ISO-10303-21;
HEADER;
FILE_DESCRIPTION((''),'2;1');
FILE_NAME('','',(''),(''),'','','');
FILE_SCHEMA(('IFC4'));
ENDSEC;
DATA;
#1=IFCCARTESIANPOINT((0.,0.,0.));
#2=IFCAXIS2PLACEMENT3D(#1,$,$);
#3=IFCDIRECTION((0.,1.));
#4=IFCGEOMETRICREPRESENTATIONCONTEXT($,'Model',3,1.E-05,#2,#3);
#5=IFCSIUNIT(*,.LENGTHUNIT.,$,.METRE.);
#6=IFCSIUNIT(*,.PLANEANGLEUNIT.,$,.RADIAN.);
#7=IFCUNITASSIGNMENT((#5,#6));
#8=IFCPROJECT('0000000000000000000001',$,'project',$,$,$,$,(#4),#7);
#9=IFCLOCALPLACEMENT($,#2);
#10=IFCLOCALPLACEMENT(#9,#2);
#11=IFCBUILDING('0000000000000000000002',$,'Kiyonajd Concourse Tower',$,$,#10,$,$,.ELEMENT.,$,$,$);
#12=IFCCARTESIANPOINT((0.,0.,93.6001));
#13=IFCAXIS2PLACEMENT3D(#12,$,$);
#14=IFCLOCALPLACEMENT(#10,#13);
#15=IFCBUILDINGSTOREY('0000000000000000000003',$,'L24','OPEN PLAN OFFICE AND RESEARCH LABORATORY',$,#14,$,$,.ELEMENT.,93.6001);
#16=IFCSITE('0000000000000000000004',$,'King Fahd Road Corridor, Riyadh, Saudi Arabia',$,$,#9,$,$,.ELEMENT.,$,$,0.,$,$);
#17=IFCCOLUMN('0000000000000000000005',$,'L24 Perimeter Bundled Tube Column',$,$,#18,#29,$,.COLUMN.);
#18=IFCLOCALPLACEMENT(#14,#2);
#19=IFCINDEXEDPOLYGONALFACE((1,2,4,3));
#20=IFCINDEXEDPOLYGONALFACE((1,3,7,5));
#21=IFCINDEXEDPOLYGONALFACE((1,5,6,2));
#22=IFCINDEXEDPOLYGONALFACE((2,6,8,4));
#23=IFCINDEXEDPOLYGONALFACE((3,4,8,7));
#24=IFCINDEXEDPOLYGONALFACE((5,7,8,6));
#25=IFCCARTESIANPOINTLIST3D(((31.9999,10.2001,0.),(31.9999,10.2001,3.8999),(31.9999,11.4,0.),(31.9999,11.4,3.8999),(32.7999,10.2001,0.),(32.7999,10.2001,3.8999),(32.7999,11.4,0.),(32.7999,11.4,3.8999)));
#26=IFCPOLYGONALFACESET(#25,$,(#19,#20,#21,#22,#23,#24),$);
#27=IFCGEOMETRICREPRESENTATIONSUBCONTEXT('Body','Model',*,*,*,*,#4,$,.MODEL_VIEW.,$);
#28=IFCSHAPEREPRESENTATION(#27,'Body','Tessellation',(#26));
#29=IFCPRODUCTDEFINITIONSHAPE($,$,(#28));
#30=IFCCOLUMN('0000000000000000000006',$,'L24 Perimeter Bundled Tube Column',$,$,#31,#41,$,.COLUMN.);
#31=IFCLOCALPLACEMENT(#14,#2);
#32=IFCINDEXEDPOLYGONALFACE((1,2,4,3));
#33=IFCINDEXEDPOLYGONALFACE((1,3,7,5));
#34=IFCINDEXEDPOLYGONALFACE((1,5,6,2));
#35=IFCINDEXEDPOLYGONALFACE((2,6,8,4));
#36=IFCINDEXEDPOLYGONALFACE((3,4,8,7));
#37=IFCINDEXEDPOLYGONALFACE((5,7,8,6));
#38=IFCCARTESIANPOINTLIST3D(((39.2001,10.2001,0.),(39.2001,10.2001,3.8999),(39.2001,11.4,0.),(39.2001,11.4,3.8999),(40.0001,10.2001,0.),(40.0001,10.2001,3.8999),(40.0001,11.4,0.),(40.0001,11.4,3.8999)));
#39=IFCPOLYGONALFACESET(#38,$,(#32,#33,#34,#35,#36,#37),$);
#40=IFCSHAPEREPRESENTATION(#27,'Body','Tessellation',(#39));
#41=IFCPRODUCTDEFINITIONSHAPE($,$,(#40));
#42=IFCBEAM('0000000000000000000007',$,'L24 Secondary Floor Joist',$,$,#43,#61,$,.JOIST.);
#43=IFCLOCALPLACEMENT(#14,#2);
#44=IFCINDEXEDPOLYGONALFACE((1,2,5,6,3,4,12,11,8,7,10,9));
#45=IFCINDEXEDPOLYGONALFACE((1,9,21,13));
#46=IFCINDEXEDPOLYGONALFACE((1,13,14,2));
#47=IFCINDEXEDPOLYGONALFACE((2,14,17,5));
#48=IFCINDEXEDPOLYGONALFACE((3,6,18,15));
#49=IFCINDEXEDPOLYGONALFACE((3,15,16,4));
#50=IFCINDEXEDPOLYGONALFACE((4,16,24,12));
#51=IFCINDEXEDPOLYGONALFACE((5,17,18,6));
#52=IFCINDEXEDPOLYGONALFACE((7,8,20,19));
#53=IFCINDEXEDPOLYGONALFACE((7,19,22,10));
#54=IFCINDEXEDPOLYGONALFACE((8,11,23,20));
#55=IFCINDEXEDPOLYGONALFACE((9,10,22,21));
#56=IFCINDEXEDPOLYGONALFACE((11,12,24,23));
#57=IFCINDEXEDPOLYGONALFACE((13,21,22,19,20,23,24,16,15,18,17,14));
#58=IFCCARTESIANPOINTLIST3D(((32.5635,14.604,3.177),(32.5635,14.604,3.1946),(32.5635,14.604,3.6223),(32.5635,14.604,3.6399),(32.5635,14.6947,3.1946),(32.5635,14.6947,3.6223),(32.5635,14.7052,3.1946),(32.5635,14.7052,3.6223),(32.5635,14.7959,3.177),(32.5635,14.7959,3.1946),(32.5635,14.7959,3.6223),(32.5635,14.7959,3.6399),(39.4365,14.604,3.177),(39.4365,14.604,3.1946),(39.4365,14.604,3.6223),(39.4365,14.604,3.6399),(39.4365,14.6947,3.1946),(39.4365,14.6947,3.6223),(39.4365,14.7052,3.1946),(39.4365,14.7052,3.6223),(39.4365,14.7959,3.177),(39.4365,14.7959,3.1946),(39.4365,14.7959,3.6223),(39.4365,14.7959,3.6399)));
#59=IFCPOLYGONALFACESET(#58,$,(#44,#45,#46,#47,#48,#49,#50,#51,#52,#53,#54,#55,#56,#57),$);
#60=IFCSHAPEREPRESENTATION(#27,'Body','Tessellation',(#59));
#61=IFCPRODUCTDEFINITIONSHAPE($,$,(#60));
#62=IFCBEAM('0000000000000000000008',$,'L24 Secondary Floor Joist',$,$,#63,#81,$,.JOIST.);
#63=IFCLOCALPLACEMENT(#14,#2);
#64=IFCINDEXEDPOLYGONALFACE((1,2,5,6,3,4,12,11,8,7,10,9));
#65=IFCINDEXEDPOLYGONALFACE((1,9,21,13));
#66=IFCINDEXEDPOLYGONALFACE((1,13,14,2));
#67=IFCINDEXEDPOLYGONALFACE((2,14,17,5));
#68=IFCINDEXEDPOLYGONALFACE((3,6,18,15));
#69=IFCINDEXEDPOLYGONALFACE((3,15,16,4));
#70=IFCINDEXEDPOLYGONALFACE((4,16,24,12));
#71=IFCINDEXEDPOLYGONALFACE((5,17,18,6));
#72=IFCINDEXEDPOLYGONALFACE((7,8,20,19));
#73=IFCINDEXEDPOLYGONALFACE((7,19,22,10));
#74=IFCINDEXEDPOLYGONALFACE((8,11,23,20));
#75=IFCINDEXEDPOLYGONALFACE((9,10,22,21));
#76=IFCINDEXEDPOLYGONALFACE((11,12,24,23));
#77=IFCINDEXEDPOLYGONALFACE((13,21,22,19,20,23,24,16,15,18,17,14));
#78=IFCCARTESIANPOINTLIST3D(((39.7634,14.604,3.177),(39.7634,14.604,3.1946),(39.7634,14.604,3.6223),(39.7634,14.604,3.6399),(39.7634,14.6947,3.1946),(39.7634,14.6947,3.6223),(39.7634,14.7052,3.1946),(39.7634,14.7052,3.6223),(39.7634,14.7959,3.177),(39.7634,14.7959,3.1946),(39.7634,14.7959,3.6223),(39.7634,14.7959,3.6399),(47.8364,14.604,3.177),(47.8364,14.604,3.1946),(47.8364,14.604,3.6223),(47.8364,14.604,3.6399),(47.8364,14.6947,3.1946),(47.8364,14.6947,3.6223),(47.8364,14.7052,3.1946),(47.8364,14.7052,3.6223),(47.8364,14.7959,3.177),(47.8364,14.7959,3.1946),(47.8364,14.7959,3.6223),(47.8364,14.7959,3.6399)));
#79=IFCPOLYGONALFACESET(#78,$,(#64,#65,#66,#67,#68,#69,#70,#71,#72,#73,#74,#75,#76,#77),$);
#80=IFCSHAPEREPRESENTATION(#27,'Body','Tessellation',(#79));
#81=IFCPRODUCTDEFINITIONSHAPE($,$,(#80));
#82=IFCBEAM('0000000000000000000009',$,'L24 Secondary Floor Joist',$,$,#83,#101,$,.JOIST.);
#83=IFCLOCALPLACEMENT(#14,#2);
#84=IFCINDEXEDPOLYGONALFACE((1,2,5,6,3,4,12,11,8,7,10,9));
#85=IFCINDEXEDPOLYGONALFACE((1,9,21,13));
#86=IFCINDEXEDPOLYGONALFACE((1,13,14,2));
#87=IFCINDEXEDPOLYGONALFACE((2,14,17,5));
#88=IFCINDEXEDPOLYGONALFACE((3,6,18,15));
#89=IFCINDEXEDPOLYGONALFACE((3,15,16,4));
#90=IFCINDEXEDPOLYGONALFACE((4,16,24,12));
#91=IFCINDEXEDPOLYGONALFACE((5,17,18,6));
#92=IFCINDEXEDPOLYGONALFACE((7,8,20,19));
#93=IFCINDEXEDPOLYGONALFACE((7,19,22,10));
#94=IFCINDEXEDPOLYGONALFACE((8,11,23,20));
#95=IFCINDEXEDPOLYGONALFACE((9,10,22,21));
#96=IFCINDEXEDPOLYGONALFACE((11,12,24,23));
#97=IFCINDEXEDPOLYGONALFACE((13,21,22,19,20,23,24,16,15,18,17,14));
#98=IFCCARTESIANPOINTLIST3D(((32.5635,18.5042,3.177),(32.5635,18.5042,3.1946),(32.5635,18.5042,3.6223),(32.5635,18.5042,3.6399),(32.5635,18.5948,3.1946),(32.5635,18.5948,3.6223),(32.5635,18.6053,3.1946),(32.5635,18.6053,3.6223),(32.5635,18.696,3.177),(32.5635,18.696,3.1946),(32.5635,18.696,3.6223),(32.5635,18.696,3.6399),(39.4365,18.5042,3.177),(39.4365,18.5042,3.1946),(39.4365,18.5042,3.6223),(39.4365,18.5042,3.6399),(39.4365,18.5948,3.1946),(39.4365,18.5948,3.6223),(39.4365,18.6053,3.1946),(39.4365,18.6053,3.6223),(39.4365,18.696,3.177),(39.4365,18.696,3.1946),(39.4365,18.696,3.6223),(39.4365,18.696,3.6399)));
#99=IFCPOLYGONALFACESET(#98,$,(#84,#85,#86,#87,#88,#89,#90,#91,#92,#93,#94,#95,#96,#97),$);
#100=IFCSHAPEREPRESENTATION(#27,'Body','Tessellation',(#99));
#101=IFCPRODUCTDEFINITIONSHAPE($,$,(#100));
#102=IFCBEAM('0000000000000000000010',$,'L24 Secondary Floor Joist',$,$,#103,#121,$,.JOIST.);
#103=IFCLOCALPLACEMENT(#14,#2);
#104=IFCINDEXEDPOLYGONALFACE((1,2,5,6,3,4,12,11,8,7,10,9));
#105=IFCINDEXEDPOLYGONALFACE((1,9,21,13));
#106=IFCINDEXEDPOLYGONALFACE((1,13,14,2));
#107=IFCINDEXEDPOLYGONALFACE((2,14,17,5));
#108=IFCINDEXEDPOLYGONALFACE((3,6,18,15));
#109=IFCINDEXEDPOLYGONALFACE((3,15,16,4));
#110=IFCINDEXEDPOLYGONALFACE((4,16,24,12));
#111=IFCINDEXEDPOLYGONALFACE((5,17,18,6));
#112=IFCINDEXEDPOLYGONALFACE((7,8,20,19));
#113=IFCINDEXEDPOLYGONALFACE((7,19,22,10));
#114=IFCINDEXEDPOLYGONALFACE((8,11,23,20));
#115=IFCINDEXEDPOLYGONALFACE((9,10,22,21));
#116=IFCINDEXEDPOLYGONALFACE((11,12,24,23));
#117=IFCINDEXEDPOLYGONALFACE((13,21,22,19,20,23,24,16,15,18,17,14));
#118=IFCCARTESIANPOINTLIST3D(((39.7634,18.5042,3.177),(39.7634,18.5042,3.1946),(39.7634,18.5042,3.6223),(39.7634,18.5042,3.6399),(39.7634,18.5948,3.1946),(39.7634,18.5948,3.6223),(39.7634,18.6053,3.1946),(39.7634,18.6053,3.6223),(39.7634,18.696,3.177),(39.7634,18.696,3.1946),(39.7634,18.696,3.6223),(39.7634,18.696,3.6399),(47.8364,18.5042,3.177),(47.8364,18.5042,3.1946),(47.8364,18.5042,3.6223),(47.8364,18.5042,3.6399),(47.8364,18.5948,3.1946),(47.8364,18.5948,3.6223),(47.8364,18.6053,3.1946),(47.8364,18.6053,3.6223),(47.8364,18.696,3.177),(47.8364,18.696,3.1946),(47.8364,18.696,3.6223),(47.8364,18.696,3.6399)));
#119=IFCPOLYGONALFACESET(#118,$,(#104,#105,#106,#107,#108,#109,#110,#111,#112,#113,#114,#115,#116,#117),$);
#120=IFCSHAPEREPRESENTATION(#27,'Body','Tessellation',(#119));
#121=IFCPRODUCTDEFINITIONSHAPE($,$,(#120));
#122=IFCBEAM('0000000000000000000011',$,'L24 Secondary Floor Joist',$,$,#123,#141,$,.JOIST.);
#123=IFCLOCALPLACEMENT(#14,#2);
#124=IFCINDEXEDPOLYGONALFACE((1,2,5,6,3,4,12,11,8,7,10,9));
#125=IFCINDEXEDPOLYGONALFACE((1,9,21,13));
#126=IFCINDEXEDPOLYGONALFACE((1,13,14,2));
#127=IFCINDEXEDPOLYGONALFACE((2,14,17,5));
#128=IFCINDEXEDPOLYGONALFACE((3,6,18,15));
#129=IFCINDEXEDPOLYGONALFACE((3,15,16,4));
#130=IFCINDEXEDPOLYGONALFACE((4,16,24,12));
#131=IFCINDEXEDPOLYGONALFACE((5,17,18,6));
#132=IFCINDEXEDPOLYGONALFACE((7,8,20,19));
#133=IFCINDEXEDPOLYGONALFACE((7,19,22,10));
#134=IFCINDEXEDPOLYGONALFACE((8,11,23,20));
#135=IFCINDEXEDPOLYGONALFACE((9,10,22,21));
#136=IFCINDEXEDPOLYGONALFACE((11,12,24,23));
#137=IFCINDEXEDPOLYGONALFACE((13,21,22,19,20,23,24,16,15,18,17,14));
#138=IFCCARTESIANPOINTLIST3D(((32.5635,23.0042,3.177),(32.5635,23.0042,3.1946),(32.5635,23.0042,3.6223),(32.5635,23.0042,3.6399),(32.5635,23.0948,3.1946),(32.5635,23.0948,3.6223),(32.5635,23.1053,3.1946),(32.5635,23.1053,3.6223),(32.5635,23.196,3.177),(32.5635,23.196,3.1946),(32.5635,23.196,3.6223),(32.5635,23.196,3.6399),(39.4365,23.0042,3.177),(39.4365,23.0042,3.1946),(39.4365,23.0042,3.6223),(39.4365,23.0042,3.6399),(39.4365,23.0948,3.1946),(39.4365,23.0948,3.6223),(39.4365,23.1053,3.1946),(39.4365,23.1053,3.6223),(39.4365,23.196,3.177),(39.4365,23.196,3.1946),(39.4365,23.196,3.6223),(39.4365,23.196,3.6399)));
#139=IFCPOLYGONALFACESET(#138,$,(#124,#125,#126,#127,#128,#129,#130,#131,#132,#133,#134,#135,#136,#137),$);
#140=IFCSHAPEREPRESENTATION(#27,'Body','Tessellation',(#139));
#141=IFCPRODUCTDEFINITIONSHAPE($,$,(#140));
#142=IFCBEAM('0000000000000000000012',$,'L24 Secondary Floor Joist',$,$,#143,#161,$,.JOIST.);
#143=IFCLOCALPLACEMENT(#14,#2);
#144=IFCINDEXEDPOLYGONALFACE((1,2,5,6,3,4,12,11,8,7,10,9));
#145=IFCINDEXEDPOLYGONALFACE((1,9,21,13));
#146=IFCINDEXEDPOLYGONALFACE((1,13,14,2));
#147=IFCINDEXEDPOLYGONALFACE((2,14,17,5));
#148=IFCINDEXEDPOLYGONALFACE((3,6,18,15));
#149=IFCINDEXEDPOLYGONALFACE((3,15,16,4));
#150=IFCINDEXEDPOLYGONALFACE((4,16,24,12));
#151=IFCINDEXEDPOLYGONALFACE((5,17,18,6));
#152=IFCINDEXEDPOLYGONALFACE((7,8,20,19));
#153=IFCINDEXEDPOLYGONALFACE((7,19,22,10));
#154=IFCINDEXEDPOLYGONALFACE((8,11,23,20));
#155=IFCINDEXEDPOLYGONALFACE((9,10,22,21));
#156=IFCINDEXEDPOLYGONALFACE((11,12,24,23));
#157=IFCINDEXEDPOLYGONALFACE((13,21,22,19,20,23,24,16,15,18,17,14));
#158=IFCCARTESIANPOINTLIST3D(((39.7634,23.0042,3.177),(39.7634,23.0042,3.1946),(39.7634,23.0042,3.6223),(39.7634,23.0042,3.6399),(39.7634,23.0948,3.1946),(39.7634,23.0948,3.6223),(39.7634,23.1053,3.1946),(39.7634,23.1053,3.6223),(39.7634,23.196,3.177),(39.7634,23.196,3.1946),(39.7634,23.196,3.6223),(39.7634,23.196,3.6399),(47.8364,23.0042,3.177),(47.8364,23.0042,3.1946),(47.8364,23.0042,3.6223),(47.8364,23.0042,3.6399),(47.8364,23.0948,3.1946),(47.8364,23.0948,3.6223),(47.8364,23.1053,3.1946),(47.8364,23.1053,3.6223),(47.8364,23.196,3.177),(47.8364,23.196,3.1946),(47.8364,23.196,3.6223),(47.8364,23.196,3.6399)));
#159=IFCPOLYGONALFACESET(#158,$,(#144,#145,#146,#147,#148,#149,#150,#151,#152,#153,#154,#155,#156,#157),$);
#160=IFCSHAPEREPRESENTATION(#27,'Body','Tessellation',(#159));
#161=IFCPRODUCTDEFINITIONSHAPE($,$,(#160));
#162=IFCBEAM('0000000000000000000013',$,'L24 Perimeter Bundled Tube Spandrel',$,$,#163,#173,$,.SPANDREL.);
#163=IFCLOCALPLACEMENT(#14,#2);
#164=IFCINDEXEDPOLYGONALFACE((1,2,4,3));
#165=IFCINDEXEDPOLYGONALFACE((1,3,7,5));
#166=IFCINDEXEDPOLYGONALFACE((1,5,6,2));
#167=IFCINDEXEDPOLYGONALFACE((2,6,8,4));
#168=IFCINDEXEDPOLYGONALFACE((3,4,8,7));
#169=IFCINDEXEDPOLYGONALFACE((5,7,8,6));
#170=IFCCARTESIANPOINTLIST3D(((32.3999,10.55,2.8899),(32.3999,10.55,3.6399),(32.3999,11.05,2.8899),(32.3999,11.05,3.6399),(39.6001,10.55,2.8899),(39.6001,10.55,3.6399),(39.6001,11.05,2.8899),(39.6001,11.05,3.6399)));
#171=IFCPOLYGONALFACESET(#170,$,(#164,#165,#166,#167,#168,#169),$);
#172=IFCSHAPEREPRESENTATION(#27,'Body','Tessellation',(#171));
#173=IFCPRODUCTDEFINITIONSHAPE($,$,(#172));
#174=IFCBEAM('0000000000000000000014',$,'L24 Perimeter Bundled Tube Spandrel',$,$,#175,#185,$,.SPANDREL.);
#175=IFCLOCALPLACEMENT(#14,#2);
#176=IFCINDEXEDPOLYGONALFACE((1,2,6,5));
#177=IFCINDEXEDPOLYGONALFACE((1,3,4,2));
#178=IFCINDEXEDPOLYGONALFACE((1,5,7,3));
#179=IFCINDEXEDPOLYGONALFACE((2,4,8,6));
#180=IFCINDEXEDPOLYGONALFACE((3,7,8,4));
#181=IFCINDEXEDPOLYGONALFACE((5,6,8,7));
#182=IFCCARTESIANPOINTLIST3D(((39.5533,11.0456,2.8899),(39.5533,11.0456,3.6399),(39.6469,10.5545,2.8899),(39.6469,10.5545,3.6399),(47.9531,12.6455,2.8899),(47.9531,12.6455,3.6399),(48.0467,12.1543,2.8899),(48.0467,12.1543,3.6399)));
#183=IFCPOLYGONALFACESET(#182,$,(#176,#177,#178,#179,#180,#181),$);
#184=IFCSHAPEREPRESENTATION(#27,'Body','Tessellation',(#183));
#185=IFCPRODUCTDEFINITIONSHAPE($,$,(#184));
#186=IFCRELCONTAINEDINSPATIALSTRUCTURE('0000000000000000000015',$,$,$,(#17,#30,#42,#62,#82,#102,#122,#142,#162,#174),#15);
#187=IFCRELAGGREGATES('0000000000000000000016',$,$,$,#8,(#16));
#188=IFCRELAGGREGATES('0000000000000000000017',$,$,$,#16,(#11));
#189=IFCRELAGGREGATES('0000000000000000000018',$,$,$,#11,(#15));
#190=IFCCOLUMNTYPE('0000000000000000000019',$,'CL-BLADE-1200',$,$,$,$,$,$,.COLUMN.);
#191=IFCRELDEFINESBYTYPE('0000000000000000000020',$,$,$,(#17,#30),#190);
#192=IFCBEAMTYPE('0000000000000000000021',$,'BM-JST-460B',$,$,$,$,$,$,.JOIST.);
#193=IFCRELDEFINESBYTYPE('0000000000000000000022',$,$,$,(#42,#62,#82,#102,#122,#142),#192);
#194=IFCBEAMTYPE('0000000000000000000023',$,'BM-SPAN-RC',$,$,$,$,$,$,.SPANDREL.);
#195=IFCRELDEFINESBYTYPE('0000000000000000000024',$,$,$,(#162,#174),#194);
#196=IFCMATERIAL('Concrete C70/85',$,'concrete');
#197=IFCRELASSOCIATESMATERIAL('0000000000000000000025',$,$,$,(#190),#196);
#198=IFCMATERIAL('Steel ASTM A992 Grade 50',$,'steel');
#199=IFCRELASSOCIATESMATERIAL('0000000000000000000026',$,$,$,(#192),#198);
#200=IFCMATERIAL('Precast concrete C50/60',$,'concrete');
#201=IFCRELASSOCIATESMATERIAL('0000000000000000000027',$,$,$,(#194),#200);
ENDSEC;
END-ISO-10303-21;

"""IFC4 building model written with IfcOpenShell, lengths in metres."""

from ifc_helpers import new_model, si_unit, direction, frame, origin, origin_2d, place, context, subcontext, project, spatial, rectangle, i_section, extrude, material, material_profile, profile_set, type_object, element, save


model = new_model("IFC4")

# Units and contexts
model_context = context("Model", 3, precision=1e-05, world=origin(), true_north=direction((0.0, 1.0)))
body_context = subcontext(model_context, "Body", "Model", "MODEL_VIEW")
ifc_project = project(units=[si_unit("LENGTHUNIT", "METRE"), si_unit("PLANEANGLEUNIT", "RADIAN")], contexts=[model_context])

# Site, building, storey
site_placement = place(None, origin())
site = spatial("IfcSite", under=ifc_project, at=site_placement, Name="King Fahd Road Corridor, Riyadh, Saudi Arabia", CompositionType="ELEMENT", RefElevation=0.0)
building_placement = place(site_placement, origin())
building = spatial("IfcBuilding", under=site, at=building_placement, Name="Kiyonajd Concourse Tower", CompositionType="ELEMENT")
storey_placement = place(building_placement, frame((0.0, 0.0, 93.6001)))
storey = spatial("IfcBuildingStorey", under=building, at=storey_placement, Name="L24", Description="OPEN PLAN OFFICE AND RESEARCH LABORATORY", CompositionType="ELEMENT", Elevation=93.6001)

# Columns
ifc_material_1 = material(Name="Concrete C70/85", Category="concrete")
ifc_material_profile_1 = material_profile(ifc_material_1, rectangle(XDim=0.8, YDim=1.2, at=origin_2d()), Name="RC-1200x800")
ifc_profile_set_1 = profile_set([ifc_material_profile_1], Name="Concrete C70/85")
column_type = type_object("IfcColumnType", Name="CL-BLADE-1200", PredefinedType="COLUMN", material=ifc_profile_set_1)
for number, where, z_axis, x_axis, name in (
    (1, (32.3999, 10.8, 0.0), (0.0, 0.0, 1.0), (1.0, 0.0, 0.0), "L24 Perimeter Bundled Tube Column"),
    (2, (39.6001, 10.8, 0.0), (0.0, 0.0, 1.0), (1.0, 0.0, 0.0), "L24 Perimeter Bundled Tube Column"),
):
    element("IfcColumn", number, at=place(storey_placement, frame(where, z_axis=z_axis, x_axis=x_axis)), inside=storey, type_object=column_type, Name=name, PredefinedType="COLUMN", context=body_context, shape_type="SweptSolid", body=[
        extrude(rectangle(XDim=0.8, YDim=1.2, at=origin_2d()), origin(), (0.0, 0.0, 1.0), 3.8999),
    ])

# Beams
ifc_material_2 = material(Name="Steel ASTM A992 Grade 50", Category="steel")
ifc_material_profile_2 = material_profile(ifc_material_2, i_section(OverallWidth=0.1919, OverallDepth=0.4629, WebThickness=0.0105, FlangeThickness=0.0176, at=origin_2d()), Name="W460X89")
ifc_profile_set_2 = profile_set([ifc_material_profile_2], Name="Steel ASTM A992 Grade 50")
beam_type_1 = type_object("IfcBeamType", Name="BM-JST-460B", PredefinedType="JOIST", material=ifc_profile_set_2)
beam_1_placement = place(storey_placement, frame((32.5635, 14.7, 3.4084), z_axis=(1.0, 0.0, 0.0), x_axis=(0.0, 1.0, 0.0)))
element("IfcBeam", 3, at=beam_1_placement, inside=storey, type_object=beam_type_1, Name="L24 Secondary Floor Joist", PredefinedType="JOIST", context=body_context, shape_type="SweptSolid", body=[
    extrude(i_section(OverallWidth=0.1919, OverallDepth=0.4629, WebThickness=0.0105, FlangeThickness=0.0176, at=origin_2d()), origin(), (0.0, 0.0, 1.0), 6.873),
])
beam_2_placement = place(storey_placement, frame((39.7634, 14.7, 3.4084), z_axis=(1.0, 0.0, 0.0), x_axis=(0.0, 1.0, 0.0)))
element("IfcBeam", 4, at=beam_2_placement, inside=storey, type_object=beam_type_1, Name="L24 Secondary Floor Joist", PredefinedType="JOIST", context=body_context, shape_type="SweptSolid", body=[
    extrude(i_section(OverallWidth=0.1919, OverallDepth=0.4629, WebThickness=0.0105, FlangeThickness=0.0176, at=origin_2d()), origin(), (0.0, 0.0, 1.0), 8.073),
])
beam_3_placement = place(storey_placement, frame((32.5635, 18.6001, 3.4084), z_axis=(1.0, 0.0, 0.0), x_axis=(0.0, 1.0, 0.0)))
element("IfcBeam", 5, at=beam_3_placement, inside=storey, type_object=beam_type_1, Name="L24 Secondary Floor Joist", PredefinedType="JOIST", context=body_context, shape_type="SweptSolid", body=[
    extrude(i_section(OverallWidth=0.1919, OverallDepth=0.4629, WebThickness=0.0105, FlangeThickness=0.0176, at=origin_2d()), origin(), (0.0, 0.0, 1.0), 6.873),
])
beam_4_placement = place(storey_placement, frame((39.7634, 18.6001, 3.4084), z_axis=(1.0, 0.0, 0.0), x_axis=(0.0, 1.0, 0.0)))
element("IfcBeam", 6, at=beam_4_placement, inside=storey, type_object=beam_type_1, Name="L24 Secondary Floor Joist", PredefinedType="JOIST", context=body_context, shape_type="SweptSolid", body=[
    extrude(i_section(OverallWidth=0.1919, OverallDepth=0.4629, WebThickness=0.0105, FlangeThickness=0.0176, at=origin_2d()), origin(), (0.0, 0.0, 1.0), 8.073),
])
beam_5_placement = place(storey_placement, frame((32.5635, 23.1001, 3.4084), z_axis=(1.0, 0.0, 0.0), x_axis=(0.0, 1.0, 0.0)))
element("IfcBeam", 7, at=beam_5_placement, inside=storey, type_object=beam_type_1, Name="L24 Secondary Floor Joist", PredefinedType="JOIST", context=body_context, shape_type="SweptSolid", body=[
    extrude(i_section(OverallWidth=0.1919, OverallDepth=0.4629, WebThickness=0.0105, FlangeThickness=0.0176, at=origin_2d()), origin(), (0.0, 0.0, 1.0), 6.873),
])
beam_6_placement = place(storey_placement, frame((39.7634, 23.1001, 3.4084), z_axis=(1.0, 0.0, 0.0), x_axis=(0.0, 1.0, 0.0)))
element("IfcBeam", 8, at=beam_6_placement, inside=storey, type_object=beam_type_1, Name="L24 Secondary Floor Joist", PredefinedType="JOIST", context=body_context, shape_type="SweptSolid", body=[
    extrude(i_section(OverallWidth=0.1919, OverallDepth=0.4629, WebThickness=0.0105, FlangeThickness=0.0176, at=origin_2d()), origin(), (0.0, 0.0, 1.0), 8.073),
])
ifc_material_3 = material(Name="Precast concrete C50/60", Category="concrete")
ifc_material_profile_3 = material_profile(ifc_material_3, rectangle(XDim=0.5, YDim=0.75, at=origin_2d()), Name="RCBM-500x750")
ifc_profile_set_3 = profile_set([ifc_material_profile_3], Name="Precast concrete C50/60")
beam_type_2 = type_object("IfcBeamType", Name="BM-SPAN-RC", PredefinedType="SPANDREL", material=ifc_profile_set_3)
beam_7_placement = place(storey_placement, frame((32.3999, 10.8, 3.2649), z_axis=(1.0, 0.0, 0.0), x_axis=(0.0, 1.0, 0.0)))
element("IfcBeam", 9, at=beam_7_placement, inside=storey, type_object=beam_type_2, Name="L24 Perimeter Bundled Tube Spandrel", PredefinedType="SPANDREL", context=body_context, shape_type="SweptSolid", body=[
    extrude(rectangle(XDim=0.5, YDim=0.75, at=origin_2d()), origin(), (0.0, 0.0, 1.0), 7.2002),
])
beam_8_placement = place(storey_placement, frame((39.6001, 10.8, 3.2649), z_axis=(0.982341, 0.187098, 0.0), x_axis=(-0.187098, 0.982341, 0.0)))
element("IfcBeam", 10, at=beam_8_placement, inside=storey, type_object=beam_type_2, Name="L24 Perimeter Bundled Tube Spandrel", PredefinedType="SPANDREL", context=body_context, shape_type="SweptSolid", body=[
    extrude(rectangle(XDim=0.5, YDim=0.75, at=origin_2d()), origin(), (0.0, 0.0, 1.0), 8.5508),
])

save(model, "model.ifc")
